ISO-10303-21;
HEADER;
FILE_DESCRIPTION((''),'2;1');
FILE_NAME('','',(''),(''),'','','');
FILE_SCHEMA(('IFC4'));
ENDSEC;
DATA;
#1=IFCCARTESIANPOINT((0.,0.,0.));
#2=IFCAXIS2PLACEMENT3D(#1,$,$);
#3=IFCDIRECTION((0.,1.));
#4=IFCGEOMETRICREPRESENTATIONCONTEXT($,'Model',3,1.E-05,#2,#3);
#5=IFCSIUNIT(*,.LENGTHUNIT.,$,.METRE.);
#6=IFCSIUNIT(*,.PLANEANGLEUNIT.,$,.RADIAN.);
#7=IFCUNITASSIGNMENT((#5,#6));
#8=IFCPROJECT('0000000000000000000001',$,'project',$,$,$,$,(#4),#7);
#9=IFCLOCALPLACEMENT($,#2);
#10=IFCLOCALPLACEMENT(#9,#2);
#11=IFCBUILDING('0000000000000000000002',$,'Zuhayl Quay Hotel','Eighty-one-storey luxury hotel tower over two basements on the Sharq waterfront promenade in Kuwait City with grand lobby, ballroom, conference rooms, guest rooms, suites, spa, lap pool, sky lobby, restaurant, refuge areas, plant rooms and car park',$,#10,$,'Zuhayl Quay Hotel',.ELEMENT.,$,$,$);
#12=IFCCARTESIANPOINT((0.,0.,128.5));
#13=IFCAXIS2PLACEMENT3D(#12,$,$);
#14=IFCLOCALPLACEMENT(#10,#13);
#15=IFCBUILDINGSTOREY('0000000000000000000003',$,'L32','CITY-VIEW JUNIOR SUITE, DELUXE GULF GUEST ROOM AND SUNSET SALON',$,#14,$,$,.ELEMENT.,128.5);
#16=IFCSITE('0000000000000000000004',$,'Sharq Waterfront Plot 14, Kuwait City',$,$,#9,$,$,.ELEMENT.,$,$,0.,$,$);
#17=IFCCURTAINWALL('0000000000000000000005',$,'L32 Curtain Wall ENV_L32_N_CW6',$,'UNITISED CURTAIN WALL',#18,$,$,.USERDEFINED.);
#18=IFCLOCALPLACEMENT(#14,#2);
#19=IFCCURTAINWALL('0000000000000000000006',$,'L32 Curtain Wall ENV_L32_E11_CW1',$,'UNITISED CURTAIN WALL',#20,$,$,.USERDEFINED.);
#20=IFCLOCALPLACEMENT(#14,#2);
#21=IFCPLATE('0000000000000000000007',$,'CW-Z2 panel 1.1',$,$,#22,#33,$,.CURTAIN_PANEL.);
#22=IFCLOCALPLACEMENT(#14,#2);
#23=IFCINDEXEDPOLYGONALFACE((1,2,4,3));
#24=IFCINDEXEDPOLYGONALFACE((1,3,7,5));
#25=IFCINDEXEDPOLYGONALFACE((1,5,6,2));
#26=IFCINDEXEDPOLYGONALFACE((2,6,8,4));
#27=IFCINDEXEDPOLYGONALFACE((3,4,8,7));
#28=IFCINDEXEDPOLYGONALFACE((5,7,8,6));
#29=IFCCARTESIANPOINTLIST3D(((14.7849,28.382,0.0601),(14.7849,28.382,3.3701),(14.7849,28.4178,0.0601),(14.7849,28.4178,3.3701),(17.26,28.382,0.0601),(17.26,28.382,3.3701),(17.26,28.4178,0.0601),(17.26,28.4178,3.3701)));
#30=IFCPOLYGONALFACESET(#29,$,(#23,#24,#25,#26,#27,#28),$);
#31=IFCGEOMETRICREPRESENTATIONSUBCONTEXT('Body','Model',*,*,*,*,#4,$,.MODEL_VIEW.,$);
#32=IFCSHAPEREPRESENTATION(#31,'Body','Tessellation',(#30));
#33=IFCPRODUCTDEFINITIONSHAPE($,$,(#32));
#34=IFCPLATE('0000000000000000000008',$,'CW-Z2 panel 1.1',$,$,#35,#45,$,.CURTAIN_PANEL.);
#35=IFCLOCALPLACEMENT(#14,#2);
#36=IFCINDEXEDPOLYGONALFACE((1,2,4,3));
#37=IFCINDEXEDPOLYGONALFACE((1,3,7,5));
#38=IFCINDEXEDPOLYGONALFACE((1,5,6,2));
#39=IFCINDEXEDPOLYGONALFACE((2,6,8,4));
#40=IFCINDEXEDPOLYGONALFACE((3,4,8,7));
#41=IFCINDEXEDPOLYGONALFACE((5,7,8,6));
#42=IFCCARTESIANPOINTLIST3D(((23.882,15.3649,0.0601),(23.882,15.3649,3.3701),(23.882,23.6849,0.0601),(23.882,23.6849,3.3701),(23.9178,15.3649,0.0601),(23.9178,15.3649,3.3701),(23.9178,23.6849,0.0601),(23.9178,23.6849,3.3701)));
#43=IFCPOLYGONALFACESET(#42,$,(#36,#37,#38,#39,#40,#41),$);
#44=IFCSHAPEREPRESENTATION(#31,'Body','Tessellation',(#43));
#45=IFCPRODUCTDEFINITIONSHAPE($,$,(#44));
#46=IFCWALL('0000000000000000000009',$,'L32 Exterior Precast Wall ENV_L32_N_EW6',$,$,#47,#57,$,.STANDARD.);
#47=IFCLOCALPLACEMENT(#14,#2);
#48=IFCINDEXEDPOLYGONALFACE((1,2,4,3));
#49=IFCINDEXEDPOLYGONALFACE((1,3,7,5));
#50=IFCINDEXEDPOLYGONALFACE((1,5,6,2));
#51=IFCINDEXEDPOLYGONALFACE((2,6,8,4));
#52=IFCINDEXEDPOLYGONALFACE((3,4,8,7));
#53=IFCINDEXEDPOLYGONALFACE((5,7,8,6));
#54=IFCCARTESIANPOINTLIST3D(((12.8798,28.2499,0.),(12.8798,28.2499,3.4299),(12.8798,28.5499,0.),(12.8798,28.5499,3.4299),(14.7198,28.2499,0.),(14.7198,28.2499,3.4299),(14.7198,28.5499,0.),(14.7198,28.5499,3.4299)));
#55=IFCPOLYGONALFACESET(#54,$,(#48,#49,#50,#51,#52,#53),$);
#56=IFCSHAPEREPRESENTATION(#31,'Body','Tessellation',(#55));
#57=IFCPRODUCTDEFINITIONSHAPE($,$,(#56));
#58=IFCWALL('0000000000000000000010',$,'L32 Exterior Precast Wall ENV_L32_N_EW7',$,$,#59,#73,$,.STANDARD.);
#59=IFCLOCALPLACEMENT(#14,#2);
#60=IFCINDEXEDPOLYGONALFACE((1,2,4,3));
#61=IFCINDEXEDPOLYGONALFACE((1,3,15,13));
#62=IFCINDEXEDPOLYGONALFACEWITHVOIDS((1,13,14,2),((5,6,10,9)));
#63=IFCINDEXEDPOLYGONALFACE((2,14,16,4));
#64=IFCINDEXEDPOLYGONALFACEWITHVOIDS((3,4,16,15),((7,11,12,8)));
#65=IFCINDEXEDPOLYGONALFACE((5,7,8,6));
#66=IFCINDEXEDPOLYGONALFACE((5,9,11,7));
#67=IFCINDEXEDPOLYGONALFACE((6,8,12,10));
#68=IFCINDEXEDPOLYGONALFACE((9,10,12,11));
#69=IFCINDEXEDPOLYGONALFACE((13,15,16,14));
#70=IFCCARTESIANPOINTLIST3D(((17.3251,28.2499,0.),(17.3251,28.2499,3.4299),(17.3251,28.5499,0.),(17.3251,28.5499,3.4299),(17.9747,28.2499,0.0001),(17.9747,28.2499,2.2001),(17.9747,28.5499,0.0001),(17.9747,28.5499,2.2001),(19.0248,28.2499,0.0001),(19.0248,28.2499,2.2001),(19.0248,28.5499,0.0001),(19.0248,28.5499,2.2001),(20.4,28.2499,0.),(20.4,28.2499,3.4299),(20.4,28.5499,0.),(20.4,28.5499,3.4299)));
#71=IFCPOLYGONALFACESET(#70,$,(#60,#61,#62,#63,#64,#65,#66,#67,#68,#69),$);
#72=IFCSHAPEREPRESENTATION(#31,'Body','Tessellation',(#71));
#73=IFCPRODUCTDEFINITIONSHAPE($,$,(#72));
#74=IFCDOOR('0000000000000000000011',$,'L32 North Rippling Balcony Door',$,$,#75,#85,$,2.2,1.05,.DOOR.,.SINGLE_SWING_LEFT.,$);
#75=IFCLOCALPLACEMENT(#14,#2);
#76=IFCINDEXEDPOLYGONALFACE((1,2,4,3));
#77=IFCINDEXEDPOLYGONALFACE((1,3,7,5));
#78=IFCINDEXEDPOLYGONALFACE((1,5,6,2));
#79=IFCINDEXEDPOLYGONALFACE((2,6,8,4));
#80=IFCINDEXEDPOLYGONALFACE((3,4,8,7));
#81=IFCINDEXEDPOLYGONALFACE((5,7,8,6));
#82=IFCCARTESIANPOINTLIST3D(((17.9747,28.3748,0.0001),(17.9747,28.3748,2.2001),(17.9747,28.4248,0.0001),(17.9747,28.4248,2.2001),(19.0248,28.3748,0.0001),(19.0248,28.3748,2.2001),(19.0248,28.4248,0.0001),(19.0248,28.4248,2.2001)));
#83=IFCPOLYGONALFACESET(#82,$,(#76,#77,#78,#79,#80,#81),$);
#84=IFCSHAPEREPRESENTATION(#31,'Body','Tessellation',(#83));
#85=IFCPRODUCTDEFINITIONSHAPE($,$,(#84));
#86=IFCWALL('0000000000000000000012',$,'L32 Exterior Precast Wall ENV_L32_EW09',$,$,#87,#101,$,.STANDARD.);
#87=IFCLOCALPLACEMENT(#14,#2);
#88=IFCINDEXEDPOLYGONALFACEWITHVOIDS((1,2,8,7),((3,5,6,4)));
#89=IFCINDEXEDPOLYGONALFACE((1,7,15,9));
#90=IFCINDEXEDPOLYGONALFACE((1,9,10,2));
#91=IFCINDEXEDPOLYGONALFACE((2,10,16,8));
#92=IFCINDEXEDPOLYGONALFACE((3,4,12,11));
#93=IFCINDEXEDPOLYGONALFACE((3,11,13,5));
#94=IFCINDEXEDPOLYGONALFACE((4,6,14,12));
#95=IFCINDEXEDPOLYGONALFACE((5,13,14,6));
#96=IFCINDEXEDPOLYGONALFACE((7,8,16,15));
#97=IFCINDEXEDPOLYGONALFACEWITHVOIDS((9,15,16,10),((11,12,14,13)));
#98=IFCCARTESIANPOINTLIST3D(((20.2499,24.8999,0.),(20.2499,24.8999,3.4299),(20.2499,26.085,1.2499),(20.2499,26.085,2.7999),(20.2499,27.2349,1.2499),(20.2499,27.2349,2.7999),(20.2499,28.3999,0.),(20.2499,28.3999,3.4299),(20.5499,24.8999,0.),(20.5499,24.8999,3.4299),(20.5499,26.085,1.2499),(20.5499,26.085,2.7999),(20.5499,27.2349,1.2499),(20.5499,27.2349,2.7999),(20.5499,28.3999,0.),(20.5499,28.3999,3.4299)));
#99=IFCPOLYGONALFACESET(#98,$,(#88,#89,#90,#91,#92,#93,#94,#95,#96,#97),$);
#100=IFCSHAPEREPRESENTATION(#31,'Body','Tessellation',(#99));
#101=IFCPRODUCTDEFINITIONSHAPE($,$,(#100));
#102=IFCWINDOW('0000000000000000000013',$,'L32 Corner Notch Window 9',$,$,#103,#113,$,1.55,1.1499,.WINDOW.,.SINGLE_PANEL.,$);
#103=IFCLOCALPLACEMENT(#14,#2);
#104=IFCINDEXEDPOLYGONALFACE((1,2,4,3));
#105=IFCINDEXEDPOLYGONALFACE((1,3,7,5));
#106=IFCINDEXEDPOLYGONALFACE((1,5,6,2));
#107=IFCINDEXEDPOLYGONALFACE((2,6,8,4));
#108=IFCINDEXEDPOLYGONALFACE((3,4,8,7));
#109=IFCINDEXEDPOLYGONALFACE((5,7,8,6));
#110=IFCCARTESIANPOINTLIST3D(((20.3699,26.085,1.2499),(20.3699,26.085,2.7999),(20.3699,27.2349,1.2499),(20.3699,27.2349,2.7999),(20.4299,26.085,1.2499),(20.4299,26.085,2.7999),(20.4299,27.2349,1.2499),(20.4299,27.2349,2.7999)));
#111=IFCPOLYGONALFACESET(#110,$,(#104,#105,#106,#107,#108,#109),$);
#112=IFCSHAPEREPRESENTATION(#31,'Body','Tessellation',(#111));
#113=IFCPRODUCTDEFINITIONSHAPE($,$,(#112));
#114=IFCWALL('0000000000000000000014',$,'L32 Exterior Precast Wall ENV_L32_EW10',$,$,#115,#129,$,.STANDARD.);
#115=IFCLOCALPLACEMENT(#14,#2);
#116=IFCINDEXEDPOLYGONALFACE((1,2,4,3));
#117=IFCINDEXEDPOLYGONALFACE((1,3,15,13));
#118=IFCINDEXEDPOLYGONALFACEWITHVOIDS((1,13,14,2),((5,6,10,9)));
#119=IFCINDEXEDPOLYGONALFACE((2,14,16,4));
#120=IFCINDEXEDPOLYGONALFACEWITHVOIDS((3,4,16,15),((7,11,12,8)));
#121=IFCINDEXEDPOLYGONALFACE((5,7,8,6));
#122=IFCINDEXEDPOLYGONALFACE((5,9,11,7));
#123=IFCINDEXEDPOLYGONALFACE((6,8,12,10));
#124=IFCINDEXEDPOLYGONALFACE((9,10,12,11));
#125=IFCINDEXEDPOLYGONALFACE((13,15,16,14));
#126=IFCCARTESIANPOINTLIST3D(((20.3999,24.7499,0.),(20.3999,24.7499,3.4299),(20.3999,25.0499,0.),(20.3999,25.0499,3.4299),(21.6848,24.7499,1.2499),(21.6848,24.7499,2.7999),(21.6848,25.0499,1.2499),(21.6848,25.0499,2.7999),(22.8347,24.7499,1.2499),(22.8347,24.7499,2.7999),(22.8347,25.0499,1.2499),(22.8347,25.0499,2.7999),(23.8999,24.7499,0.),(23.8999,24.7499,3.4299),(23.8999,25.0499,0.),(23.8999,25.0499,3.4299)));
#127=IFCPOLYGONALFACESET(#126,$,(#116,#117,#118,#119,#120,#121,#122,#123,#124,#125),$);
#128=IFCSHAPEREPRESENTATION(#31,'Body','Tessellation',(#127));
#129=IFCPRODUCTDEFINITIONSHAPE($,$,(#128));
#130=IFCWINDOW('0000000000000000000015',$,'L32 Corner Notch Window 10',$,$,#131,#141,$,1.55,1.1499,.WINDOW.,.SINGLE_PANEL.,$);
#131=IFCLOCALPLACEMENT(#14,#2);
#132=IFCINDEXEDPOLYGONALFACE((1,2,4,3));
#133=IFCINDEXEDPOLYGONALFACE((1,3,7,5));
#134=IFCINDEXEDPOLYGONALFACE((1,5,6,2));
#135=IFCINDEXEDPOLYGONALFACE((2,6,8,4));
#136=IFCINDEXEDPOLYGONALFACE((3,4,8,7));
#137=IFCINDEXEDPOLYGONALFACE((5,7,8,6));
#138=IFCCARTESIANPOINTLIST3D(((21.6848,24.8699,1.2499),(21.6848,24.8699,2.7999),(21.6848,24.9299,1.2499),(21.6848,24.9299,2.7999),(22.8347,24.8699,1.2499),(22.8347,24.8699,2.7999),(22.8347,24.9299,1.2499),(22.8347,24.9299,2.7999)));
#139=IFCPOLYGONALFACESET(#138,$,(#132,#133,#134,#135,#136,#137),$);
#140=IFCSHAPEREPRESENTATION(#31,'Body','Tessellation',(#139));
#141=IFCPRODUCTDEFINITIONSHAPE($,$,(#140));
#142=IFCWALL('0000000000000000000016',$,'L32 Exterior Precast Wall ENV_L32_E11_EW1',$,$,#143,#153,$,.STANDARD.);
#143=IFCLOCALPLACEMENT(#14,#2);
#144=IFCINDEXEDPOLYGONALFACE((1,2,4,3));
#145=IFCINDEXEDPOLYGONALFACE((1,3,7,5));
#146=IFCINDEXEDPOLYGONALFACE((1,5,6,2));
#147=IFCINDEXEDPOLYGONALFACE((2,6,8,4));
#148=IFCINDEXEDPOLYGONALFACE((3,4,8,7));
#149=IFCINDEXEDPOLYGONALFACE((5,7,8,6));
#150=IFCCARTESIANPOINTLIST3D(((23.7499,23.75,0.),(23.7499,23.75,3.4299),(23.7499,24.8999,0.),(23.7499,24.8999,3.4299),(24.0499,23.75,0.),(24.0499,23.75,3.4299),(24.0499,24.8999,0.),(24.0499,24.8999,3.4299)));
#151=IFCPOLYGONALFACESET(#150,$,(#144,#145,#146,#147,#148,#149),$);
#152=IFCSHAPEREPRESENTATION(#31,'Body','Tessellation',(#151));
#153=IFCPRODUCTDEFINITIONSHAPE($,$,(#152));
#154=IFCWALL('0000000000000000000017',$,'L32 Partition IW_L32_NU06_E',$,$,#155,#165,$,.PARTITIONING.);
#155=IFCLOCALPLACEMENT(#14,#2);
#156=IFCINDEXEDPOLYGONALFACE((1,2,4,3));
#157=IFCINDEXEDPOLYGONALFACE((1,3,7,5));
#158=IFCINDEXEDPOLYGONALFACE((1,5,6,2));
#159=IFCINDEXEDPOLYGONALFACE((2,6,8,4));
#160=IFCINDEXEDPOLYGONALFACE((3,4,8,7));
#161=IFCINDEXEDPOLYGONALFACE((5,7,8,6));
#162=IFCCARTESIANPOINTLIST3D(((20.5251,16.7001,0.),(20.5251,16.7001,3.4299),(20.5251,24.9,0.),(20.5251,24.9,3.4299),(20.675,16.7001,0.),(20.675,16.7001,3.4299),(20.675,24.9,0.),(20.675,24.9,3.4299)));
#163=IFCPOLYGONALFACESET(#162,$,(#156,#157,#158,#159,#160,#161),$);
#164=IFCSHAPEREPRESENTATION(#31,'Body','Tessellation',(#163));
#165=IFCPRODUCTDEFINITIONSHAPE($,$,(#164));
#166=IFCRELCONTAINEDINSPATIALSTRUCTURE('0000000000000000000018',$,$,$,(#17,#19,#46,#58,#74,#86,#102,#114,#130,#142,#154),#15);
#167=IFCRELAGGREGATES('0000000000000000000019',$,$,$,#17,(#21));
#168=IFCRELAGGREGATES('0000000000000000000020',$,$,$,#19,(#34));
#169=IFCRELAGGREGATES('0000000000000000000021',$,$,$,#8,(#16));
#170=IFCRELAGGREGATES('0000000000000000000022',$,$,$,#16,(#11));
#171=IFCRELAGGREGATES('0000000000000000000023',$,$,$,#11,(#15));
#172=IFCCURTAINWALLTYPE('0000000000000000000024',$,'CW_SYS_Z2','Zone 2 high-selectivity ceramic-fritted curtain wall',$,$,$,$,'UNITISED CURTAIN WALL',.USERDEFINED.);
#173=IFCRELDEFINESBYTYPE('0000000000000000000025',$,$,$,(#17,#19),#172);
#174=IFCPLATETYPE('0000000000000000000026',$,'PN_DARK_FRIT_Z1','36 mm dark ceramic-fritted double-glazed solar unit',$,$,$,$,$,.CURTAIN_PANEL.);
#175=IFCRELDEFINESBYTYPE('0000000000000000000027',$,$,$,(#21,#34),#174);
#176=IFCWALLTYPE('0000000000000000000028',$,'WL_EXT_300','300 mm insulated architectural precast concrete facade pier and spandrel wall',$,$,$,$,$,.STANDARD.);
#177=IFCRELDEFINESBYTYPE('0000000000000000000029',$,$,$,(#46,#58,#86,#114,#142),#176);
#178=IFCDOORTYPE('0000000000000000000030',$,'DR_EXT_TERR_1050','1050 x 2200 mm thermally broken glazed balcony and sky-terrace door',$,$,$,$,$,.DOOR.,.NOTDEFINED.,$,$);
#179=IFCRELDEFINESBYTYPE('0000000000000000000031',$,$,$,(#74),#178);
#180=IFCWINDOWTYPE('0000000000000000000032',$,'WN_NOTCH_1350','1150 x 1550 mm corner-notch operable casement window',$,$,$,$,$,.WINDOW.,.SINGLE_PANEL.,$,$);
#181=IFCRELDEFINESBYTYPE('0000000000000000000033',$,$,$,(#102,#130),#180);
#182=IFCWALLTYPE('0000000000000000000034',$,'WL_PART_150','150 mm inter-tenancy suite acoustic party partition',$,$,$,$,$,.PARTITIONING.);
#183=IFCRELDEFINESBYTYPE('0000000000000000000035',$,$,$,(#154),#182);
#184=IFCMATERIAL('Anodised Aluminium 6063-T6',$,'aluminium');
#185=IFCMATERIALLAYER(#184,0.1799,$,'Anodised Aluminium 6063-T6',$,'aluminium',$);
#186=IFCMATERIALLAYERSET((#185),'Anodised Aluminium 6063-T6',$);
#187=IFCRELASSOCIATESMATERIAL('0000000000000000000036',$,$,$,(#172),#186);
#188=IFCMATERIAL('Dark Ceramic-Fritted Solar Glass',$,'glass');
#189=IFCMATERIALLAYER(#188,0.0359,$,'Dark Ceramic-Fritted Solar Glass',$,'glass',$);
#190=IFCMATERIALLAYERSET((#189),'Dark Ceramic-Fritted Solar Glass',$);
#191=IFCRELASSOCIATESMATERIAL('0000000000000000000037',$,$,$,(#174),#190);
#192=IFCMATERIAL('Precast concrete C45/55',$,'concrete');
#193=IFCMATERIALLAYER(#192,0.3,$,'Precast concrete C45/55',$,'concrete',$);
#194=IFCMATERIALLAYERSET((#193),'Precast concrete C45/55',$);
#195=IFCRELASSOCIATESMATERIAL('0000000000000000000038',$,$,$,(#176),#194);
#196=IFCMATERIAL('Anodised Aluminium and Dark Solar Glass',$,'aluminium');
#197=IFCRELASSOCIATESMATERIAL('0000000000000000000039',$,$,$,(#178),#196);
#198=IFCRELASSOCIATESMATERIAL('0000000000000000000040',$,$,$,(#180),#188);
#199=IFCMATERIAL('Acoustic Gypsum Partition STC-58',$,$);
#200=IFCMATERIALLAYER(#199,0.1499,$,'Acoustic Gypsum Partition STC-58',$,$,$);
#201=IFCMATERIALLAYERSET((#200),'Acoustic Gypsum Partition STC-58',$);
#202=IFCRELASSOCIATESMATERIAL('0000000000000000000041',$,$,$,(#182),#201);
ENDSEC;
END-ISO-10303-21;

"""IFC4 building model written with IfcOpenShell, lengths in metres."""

from ifc_helpers import new_model, si_unit, direction, frame, frame_2d, origin, origin_2d, place, context, subcontext, project, spatial, rectangle, extrude, material, layer, layer_set, type_object, element, fill, aggregate, save


model = new_model("IFC4")

# Units and contexts
model_context = context("Model", 3, precision=1e-05, world=origin(), true_north=direction((0.0, 1.0)))
body_context = subcontext(model_context, "Body", "Model", "MODEL_VIEW")
ifc_project = project(units=[si_unit("LENGTHUNIT", "METRE"), si_unit("PLANEANGLEUNIT", "RADIAN")], contexts=[model_context])

# Site, building, storey
site_placement = place(None, origin())
site = spatial("IfcSite", under=ifc_project, at=site_placement, Name="Sharq Waterfront Plot 14, Kuwait City", CompositionType="ELEMENT", RefElevation=0.0)
building_placement = place(site_placement, origin())
building = spatial("IfcBuilding", under=site, at=building_placement, Name="Zuhayl Quay Hotel", Description="Eighty-one-storey luxury hotel tower over two basements on the Sharq waterfront promenade in Kuwait City with grand lobby, ballroom, conference rooms, guest rooms, suites, spa, lap pool, sky lobby, restaurant, refuge areas, plant rooms and car park", LongName="Zuhayl Quay Hotel", CompositionType="ELEMENT")
storey_placement = place(building_placement, frame((0.0, 0.0, 128.5)))
storey = spatial("IfcBuildingStorey", under=building, at=storey_placement, Name="L32", Description="CITY-VIEW JUNIOR SUITE, DELUXE GULF GUEST ROOM AND SUNSET SALON", CompositionType="ELEMENT", Elevation=128.5)

# Shared definitions
ifc_material_1 = material(Name="Anodised Aluminium 6063-T6", Category="aluminium")
ifc_layer_1 = layer(ifc_material_1, 0.1799, Name="Anodised Aluminium 6063-T6", Category="aluminium")
ifc_layer_set_1 = layer_set([ifc_layer_1], Name="Anodised Aluminium 6063-T6")
curtain_wall_type = type_object("IfcCurtainWallType", Name="CW_SYS_Z2", Description="Zone 2 high-selectivity ceramic-fritted curtain wall", ElementType="UNITISED CURTAIN WALL", PredefinedType="USERDEFINED", material=ifc_layer_set_1)

# Curtain wall
curtain_wall_1_placement = place(storey_placement, origin())
curtain_wall_1 = element("IfcCurtainWall", 1, at=curtain_wall_1_placement, inside=storey, type_object=curtain_wall_type, Name="L32 Curtain Wall ENV_L32_N_CW6", ObjectType="UNITISED CURTAIN WALL", PredefinedType="USERDEFINED")

# Curtain wall
curtain_wall_2_placement = place(storey_placement, origin())
curtain_wall_2 = element("IfcCurtainWall", 2, at=curtain_wall_2_placement, inside=storey, type_object=curtain_wall_type, Name="L32 Curtain Wall ENV_L32_E11_CW1", ObjectType="UNITISED CURTAIN WALL", PredefinedType="USERDEFINED")

# Plates
ifc_material_2 = material(Name="Dark Ceramic-Fritted Solar Glass", Category="glass")
ifc_layer_2 = layer(ifc_material_2, 0.0359, Name="Dark Ceramic-Fritted Solar Glass", Category="glass")
ifc_layer_set_2 = layer_set([ifc_layer_2], Name="Dark Ceramic-Fritted Solar Glass")
plate_type = type_object("IfcPlateType", Name="PN_DARK_FRIT_Z1", Description="36 mm dark ceramic-fritted double-glazed solar unit", PredefinedType="CURTAIN_PANEL", material=ifc_layer_set_2)
plate_1_placement = place(storey_placement, frame((16.0225, 28.3999, 0.0601), z_axis=(0.0, 0.0, 1.0), x_axis=(1.0, 0.0, 0.0)))
plate_1 = element("IfcPlate", 3, at=plate_1_placement, type_object=plate_type, Name="CW-Z2 panel 1.1", PredefinedType="CURTAIN_PANEL", context=body_context, shape_type="SweptSolid", body=[
    extrude(rectangle(XDim=2.4751, YDim=0.0359, at=origin_2d()), origin(), (0.0, 0.0, 1.0), 3.3101),
])
aggregate(curtain_wall_1, [plate_1])
plate_2_placement = place(storey_placement, frame((23.8999, 19.5249, 0.0601), z_axis=(0.0, 0.0, 1.0), x_axis=(0.0, -1.0, 0.0)))
plate_2 = element("IfcPlate", 4, at=plate_2_placement, type_object=plate_type, Name="CW-Z2 panel 1.1", PredefinedType="CURTAIN_PANEL", context=body_context, shape_type="SweptSolid", body=[
    extrude(rectangle(XDim=8.3201, YDim=0.0359, at=origin_2d()), origin(), (0.0, 0.0, 1.0), 3.3101),
])
aggregate(curtain_wall_2, [plate_2])

# Wall
ifc_material_3 = material(Name="Precast concrete C45/55", Category="concrete")
ifc_layer_3 = layer(ifc_material_3, 0.3, Name="Precast concrete C45/55", Category="concrete")
ifc_layer_set_3 = layer_set([ifc_layer_3], Name="Precast concrete C45/55")
wall_type_1 = type_object("IfcWallType", Name="WL_EXT_300", Description="300 mm insulated architectural precast concrete facade pier and spandrel wall", PredefinedType="STANDARD", material=ifc_layer_set_3)
wall_1_placement = place(storey_placement, frame((12.8799, 28.3999, 0.0), z_axis=(0.0, 0.0, 1.0), x_axis=(1.0, 0.0, 0.0)))
element("IfcWall", 5, at=wall_1_placement, inside=storey, type_object=wall_type_1, Name="L32 Exterior Precast Wall ENV_L32_N_EW6", PredefinedType="STANDARD", context=body_context, shape_type="SweptSolid", body=[
    extrude(rectangle(XDim=1.8401, YDim=0.3, at=frame_2d((0.9199, 0.0))), origin(), (0.0, 0.0, 1.0), 3.4299),
])

# Wall, opening, door
wall_2_placement = place(storey_placement, frame((17.325, 28.3999, 0.0), z_axis=(0.0, 0.0, 1.0), x_axis=(1.0, 0.0, 0.0)))
wall_2 = element("IfcWall", 6, at=wall_2_placement, inside=storey, type_object=wall_type_1, Name="L32 Exterior Precast Wall ENV_L32_N_EW7", PredefinedType="STANDARD", context=body_context, shape_type="SweptSolid", body=[
    extrude(rectangle(XDim=3.075, YDim=0.3, at=frame_2d((1.5376, 0.0))), origin(), (0.0, 0.0, 1.0), 3.4299),
])
opening_1_placement = place(wall_2_placement, frame((0.6499, 0.0, 0.0)))
opening_1 = element("IfcOpeningElement", 7, at=opening_1_placement, cuts=wall_2, PredefinedType="OPENING", context=body_context, shape_type="SweptSolid", body=[
    extrude(rectangle(XDim=1.05, YDim=2.2, at=frame_2d((0.5249, 1.1001))), frame((0.0, 0.1599, 0.0), z_axis=(0.0, -1.0, 0.0), x_axis=(1.0, 0.0, 0.0)), (0.0, 0.0, 1.0), 0.3201),
])
ifc_material_4 = material(Name="Anodised Aluminium and Dark Solar Glass", Category="aluminium")
door_type_1 = type_object("IfcDoorType", Name="DR_EXT_TERR_1050", Description="1050 x 2200 mm thermally broken glazed balcony and sky-terrace door", OperationType="NOTDEFINED", PredefinedType="DOOR", material=ifc_material_4)
door_1_placement = place(opening_1_placement, origin())
door_1 = element("IfcDoor", 8, at=door_1_placement, inside=storey, type_object=door_type_1, Name="L32 North Rippling Balcony Door", OperationType="SINGLE_SWING_LEFT", OverallHeight=2.2, OverallWidth=1.05, PredefinedType="DOOR", context=body_context, shape_type="SweptSolid", body=[
    extrude(rectangle(XDim=1.05, YDim=2.2, at=frame_2d((0.5249, 1.1001))), frame((0.0, 0.0249, 0.0), z_axis=(0.0, -1.0, 0.0), x_axis=(1.0, 0.0, 0.0)), (0.0, 0.0, 1.0), 0.05),
])
fill(opening_1, door_1)

# Walls, openings, windows
wall_3_placement = place(storey_placement, frame((20.3999, 28.3999, 0.0), z_axis=(0.0, 0.0, 1.0), x_axis=(0.0, -1.0, 0.0)))
wall_3 = element("IfcWall", 9, at=wall_3_placement, inside=storey, type_object=wall_type_1, Name="L32 Exterior Precast Wall ENV_L32_EW09", PredefinedType="STANDARD", context=body_context, shape_type="SweptSolid", body=[
    extrude(rectangle(XDim=3.5, YDim=0.3, at=frame_2d((1.75, 0.0))), origin(), (0.0, 0.0, 1.0), 3.4299),
])
opening_2_placement = place(wall_3_placement, frame((1.165, 0.0, 1.25)))
opening_2 = element("IfcOpeningElement", 10, at=opening_2_placement, cuts=wall_3, PredefinedType="OPENING", context=body_context, shape_type="SweptSolid", body=[
    extrude(rectangle(XDim=1.1499, YDim=1.55, at=frame_2d((0.575, 0.7749))), frame((0.0, 0.1599, 0.0), z_axis=(0.0, -1.0, 0.0), x_axis=(1.0, 0.0, 0.0)), (0.0, 0.0, 1.0), 0.3201),
])
window_type = type_object("IfcWindowType", Name="WN_NOTCH_1350", Description="1150 x 1550 mm corner-notch operable casement window", PartitioningType="SINGLE_PANEL", PredefinedType="WINDOW", material=ifc_material_2)
window_1_placement = place(opening_2_placement, origin())
window_1 = element("IfcWindow", 11, at=window_1_placement, inside=storey, type_object=window_type, Name="L32 Corner Notch Window 9", OverallHeight=1.55, OverallWidth=1.1499, PartitioningType="SINGLE_PANEL", PredefinedType="WINDOW", context=body_context, shape_type="SweptSolid", body=[
    extrude(rectangle(XDim=1.1499, YDim=1.55, at=frame_2d((0.575, 0.7749))), frame((0.0, 0.03, 0.0), z_axis=(0.0, -1.0, 0.0), x_axis=(1.0, 0.0, 0.0)), (0.0, 0.0, 1.0), 0.0601),
])
fill(opening_2, window_1)
wall_4_placement = place(storey_placement, frame((20.3999, 24.8999, 0.0), z_axis=(0.0, 0.0, 1.0), x_axis=(1.0, 0.0, 0.0)))
wall_4 = element("IfcWall", 12, at=wall_4_placement, inside=storey, type_object=wall_type_1, Name="L32 Exterior Precast Wall ENV_L32_EW10", PredefinedType="STANDARD", context=body_context, shape_type="SweptSolid", body=[
    extrude(rectangle(XDim=3.5, YDim=0.3, at=frame_2d((1.75, 0.0))), origin(), (0.0, 0.0, 1.0), 3.4299),
])
opening_3_placement = place(wall_4_placement, frame((1.2849, 0.0, 1.25)))
opening_3 = element("IfcOpeningElement", 13, at=opening_3_placement, cuts=wall_4, PredefinedType="OPENING", context=body_context, shape_type="SweptSolid", body=[
    extrude(rectangle(XDim=1.1499, YDim=1.55, at=frame_2d((0.575, 0.7749))), frame((0.0, 0.1599, 0.0), z_axis=(0.0, -1.0, 0.0), x_axis=(1.0, 0.0, 0.0)), (0.0, 0.0, 1.0), 0.3201),
])
window_2_placement = place(opening_3_placement, origin())
window_2 = element("IfcWindow", 14, at=window_2_placement, inside=storey, type_object=window_type, Name="L32 Corner Notch Window 10", OverallHeight=1.55, OverallWidth=1.1499, PartitioningType="SINGLE_PANEL", PredefinedType="WINDOW", context=body_context, shape_type="SweptSolid", body=[
    extrude(rectangle(XDim=1.1499, YDim=1.55, at=frame_2d((0.575, 0.7749))), frame((0.0, 0.03, 0.0), z_axis=(0.0, -1.0, 0.0), x_axis=(1.0, 0.0, 0.0)), (0.0, 0.0, 1.0), 0.0601),
])
fill(opening_3, window_2)

# Walls
wall_5_placement = place(storey_placement, frame((23.8999, 24.8999, 0.0), z_axis=(0.0, 0.0, 1.0), x_axis=(0.0, -1.0, 0.0)))
element("IfcWall", 15, at=wall_5_placement, inside=storey, type_object=wall_type_1, Name="L32 Exterior Precast Wall ENV_L32_E11_EW1", PredefinedType="STANDARD", context=body_context, shape_type="SweptSolid", body=[
    extrude(rectangle(XDim=1.1499, YDim=0.3, at=frame_2d((0.575, 0.0))), origin(), (0.0, 0.0, 1.0), 3.4299),
])
ifc_material_5 = material(Name="Acoustic Gypsum Partition STC-58")
ifc_layer_4 = layer(ifc_material_5, 0.1499, Name="Acoustic Gypsum Partition STC-58")
ifc_layer_set_4 = layer_set([ifc_layer_4], Name="Acoustic Gypsum Partition STC-58")
wall_type_2 = type_object("IfcWallType", Name="WL_PART_150", Description="150 mm inter-tenancy suite acoustic party partition", PredefinedType="PARTITIONING", material=ifc_layer_set_4)
wall_6_placement = place(storey_placement, frame((20.6001, 16.7, 0.0), z_axis=(0.0, 0.0, 1.0), x_axis=(0.0, 1.0, 0.0)))
element("IfcWall", 16, at=wall_6_placement, inside=storey, type_object=wall_type_2, Name="L32 Partition IW_L32_NU06_E", PredefinedType="PARTITIONING", context=body_context, shape_type="SweptSolid", body=[
    extrude(rectangle(XDim=8.2, YDim=0.1499, at=frame_2d((4.1001, 0.0))), origin(), (0.0, 0.0, 1.0), 3.4299),
])

save(model, "model.ifc")
